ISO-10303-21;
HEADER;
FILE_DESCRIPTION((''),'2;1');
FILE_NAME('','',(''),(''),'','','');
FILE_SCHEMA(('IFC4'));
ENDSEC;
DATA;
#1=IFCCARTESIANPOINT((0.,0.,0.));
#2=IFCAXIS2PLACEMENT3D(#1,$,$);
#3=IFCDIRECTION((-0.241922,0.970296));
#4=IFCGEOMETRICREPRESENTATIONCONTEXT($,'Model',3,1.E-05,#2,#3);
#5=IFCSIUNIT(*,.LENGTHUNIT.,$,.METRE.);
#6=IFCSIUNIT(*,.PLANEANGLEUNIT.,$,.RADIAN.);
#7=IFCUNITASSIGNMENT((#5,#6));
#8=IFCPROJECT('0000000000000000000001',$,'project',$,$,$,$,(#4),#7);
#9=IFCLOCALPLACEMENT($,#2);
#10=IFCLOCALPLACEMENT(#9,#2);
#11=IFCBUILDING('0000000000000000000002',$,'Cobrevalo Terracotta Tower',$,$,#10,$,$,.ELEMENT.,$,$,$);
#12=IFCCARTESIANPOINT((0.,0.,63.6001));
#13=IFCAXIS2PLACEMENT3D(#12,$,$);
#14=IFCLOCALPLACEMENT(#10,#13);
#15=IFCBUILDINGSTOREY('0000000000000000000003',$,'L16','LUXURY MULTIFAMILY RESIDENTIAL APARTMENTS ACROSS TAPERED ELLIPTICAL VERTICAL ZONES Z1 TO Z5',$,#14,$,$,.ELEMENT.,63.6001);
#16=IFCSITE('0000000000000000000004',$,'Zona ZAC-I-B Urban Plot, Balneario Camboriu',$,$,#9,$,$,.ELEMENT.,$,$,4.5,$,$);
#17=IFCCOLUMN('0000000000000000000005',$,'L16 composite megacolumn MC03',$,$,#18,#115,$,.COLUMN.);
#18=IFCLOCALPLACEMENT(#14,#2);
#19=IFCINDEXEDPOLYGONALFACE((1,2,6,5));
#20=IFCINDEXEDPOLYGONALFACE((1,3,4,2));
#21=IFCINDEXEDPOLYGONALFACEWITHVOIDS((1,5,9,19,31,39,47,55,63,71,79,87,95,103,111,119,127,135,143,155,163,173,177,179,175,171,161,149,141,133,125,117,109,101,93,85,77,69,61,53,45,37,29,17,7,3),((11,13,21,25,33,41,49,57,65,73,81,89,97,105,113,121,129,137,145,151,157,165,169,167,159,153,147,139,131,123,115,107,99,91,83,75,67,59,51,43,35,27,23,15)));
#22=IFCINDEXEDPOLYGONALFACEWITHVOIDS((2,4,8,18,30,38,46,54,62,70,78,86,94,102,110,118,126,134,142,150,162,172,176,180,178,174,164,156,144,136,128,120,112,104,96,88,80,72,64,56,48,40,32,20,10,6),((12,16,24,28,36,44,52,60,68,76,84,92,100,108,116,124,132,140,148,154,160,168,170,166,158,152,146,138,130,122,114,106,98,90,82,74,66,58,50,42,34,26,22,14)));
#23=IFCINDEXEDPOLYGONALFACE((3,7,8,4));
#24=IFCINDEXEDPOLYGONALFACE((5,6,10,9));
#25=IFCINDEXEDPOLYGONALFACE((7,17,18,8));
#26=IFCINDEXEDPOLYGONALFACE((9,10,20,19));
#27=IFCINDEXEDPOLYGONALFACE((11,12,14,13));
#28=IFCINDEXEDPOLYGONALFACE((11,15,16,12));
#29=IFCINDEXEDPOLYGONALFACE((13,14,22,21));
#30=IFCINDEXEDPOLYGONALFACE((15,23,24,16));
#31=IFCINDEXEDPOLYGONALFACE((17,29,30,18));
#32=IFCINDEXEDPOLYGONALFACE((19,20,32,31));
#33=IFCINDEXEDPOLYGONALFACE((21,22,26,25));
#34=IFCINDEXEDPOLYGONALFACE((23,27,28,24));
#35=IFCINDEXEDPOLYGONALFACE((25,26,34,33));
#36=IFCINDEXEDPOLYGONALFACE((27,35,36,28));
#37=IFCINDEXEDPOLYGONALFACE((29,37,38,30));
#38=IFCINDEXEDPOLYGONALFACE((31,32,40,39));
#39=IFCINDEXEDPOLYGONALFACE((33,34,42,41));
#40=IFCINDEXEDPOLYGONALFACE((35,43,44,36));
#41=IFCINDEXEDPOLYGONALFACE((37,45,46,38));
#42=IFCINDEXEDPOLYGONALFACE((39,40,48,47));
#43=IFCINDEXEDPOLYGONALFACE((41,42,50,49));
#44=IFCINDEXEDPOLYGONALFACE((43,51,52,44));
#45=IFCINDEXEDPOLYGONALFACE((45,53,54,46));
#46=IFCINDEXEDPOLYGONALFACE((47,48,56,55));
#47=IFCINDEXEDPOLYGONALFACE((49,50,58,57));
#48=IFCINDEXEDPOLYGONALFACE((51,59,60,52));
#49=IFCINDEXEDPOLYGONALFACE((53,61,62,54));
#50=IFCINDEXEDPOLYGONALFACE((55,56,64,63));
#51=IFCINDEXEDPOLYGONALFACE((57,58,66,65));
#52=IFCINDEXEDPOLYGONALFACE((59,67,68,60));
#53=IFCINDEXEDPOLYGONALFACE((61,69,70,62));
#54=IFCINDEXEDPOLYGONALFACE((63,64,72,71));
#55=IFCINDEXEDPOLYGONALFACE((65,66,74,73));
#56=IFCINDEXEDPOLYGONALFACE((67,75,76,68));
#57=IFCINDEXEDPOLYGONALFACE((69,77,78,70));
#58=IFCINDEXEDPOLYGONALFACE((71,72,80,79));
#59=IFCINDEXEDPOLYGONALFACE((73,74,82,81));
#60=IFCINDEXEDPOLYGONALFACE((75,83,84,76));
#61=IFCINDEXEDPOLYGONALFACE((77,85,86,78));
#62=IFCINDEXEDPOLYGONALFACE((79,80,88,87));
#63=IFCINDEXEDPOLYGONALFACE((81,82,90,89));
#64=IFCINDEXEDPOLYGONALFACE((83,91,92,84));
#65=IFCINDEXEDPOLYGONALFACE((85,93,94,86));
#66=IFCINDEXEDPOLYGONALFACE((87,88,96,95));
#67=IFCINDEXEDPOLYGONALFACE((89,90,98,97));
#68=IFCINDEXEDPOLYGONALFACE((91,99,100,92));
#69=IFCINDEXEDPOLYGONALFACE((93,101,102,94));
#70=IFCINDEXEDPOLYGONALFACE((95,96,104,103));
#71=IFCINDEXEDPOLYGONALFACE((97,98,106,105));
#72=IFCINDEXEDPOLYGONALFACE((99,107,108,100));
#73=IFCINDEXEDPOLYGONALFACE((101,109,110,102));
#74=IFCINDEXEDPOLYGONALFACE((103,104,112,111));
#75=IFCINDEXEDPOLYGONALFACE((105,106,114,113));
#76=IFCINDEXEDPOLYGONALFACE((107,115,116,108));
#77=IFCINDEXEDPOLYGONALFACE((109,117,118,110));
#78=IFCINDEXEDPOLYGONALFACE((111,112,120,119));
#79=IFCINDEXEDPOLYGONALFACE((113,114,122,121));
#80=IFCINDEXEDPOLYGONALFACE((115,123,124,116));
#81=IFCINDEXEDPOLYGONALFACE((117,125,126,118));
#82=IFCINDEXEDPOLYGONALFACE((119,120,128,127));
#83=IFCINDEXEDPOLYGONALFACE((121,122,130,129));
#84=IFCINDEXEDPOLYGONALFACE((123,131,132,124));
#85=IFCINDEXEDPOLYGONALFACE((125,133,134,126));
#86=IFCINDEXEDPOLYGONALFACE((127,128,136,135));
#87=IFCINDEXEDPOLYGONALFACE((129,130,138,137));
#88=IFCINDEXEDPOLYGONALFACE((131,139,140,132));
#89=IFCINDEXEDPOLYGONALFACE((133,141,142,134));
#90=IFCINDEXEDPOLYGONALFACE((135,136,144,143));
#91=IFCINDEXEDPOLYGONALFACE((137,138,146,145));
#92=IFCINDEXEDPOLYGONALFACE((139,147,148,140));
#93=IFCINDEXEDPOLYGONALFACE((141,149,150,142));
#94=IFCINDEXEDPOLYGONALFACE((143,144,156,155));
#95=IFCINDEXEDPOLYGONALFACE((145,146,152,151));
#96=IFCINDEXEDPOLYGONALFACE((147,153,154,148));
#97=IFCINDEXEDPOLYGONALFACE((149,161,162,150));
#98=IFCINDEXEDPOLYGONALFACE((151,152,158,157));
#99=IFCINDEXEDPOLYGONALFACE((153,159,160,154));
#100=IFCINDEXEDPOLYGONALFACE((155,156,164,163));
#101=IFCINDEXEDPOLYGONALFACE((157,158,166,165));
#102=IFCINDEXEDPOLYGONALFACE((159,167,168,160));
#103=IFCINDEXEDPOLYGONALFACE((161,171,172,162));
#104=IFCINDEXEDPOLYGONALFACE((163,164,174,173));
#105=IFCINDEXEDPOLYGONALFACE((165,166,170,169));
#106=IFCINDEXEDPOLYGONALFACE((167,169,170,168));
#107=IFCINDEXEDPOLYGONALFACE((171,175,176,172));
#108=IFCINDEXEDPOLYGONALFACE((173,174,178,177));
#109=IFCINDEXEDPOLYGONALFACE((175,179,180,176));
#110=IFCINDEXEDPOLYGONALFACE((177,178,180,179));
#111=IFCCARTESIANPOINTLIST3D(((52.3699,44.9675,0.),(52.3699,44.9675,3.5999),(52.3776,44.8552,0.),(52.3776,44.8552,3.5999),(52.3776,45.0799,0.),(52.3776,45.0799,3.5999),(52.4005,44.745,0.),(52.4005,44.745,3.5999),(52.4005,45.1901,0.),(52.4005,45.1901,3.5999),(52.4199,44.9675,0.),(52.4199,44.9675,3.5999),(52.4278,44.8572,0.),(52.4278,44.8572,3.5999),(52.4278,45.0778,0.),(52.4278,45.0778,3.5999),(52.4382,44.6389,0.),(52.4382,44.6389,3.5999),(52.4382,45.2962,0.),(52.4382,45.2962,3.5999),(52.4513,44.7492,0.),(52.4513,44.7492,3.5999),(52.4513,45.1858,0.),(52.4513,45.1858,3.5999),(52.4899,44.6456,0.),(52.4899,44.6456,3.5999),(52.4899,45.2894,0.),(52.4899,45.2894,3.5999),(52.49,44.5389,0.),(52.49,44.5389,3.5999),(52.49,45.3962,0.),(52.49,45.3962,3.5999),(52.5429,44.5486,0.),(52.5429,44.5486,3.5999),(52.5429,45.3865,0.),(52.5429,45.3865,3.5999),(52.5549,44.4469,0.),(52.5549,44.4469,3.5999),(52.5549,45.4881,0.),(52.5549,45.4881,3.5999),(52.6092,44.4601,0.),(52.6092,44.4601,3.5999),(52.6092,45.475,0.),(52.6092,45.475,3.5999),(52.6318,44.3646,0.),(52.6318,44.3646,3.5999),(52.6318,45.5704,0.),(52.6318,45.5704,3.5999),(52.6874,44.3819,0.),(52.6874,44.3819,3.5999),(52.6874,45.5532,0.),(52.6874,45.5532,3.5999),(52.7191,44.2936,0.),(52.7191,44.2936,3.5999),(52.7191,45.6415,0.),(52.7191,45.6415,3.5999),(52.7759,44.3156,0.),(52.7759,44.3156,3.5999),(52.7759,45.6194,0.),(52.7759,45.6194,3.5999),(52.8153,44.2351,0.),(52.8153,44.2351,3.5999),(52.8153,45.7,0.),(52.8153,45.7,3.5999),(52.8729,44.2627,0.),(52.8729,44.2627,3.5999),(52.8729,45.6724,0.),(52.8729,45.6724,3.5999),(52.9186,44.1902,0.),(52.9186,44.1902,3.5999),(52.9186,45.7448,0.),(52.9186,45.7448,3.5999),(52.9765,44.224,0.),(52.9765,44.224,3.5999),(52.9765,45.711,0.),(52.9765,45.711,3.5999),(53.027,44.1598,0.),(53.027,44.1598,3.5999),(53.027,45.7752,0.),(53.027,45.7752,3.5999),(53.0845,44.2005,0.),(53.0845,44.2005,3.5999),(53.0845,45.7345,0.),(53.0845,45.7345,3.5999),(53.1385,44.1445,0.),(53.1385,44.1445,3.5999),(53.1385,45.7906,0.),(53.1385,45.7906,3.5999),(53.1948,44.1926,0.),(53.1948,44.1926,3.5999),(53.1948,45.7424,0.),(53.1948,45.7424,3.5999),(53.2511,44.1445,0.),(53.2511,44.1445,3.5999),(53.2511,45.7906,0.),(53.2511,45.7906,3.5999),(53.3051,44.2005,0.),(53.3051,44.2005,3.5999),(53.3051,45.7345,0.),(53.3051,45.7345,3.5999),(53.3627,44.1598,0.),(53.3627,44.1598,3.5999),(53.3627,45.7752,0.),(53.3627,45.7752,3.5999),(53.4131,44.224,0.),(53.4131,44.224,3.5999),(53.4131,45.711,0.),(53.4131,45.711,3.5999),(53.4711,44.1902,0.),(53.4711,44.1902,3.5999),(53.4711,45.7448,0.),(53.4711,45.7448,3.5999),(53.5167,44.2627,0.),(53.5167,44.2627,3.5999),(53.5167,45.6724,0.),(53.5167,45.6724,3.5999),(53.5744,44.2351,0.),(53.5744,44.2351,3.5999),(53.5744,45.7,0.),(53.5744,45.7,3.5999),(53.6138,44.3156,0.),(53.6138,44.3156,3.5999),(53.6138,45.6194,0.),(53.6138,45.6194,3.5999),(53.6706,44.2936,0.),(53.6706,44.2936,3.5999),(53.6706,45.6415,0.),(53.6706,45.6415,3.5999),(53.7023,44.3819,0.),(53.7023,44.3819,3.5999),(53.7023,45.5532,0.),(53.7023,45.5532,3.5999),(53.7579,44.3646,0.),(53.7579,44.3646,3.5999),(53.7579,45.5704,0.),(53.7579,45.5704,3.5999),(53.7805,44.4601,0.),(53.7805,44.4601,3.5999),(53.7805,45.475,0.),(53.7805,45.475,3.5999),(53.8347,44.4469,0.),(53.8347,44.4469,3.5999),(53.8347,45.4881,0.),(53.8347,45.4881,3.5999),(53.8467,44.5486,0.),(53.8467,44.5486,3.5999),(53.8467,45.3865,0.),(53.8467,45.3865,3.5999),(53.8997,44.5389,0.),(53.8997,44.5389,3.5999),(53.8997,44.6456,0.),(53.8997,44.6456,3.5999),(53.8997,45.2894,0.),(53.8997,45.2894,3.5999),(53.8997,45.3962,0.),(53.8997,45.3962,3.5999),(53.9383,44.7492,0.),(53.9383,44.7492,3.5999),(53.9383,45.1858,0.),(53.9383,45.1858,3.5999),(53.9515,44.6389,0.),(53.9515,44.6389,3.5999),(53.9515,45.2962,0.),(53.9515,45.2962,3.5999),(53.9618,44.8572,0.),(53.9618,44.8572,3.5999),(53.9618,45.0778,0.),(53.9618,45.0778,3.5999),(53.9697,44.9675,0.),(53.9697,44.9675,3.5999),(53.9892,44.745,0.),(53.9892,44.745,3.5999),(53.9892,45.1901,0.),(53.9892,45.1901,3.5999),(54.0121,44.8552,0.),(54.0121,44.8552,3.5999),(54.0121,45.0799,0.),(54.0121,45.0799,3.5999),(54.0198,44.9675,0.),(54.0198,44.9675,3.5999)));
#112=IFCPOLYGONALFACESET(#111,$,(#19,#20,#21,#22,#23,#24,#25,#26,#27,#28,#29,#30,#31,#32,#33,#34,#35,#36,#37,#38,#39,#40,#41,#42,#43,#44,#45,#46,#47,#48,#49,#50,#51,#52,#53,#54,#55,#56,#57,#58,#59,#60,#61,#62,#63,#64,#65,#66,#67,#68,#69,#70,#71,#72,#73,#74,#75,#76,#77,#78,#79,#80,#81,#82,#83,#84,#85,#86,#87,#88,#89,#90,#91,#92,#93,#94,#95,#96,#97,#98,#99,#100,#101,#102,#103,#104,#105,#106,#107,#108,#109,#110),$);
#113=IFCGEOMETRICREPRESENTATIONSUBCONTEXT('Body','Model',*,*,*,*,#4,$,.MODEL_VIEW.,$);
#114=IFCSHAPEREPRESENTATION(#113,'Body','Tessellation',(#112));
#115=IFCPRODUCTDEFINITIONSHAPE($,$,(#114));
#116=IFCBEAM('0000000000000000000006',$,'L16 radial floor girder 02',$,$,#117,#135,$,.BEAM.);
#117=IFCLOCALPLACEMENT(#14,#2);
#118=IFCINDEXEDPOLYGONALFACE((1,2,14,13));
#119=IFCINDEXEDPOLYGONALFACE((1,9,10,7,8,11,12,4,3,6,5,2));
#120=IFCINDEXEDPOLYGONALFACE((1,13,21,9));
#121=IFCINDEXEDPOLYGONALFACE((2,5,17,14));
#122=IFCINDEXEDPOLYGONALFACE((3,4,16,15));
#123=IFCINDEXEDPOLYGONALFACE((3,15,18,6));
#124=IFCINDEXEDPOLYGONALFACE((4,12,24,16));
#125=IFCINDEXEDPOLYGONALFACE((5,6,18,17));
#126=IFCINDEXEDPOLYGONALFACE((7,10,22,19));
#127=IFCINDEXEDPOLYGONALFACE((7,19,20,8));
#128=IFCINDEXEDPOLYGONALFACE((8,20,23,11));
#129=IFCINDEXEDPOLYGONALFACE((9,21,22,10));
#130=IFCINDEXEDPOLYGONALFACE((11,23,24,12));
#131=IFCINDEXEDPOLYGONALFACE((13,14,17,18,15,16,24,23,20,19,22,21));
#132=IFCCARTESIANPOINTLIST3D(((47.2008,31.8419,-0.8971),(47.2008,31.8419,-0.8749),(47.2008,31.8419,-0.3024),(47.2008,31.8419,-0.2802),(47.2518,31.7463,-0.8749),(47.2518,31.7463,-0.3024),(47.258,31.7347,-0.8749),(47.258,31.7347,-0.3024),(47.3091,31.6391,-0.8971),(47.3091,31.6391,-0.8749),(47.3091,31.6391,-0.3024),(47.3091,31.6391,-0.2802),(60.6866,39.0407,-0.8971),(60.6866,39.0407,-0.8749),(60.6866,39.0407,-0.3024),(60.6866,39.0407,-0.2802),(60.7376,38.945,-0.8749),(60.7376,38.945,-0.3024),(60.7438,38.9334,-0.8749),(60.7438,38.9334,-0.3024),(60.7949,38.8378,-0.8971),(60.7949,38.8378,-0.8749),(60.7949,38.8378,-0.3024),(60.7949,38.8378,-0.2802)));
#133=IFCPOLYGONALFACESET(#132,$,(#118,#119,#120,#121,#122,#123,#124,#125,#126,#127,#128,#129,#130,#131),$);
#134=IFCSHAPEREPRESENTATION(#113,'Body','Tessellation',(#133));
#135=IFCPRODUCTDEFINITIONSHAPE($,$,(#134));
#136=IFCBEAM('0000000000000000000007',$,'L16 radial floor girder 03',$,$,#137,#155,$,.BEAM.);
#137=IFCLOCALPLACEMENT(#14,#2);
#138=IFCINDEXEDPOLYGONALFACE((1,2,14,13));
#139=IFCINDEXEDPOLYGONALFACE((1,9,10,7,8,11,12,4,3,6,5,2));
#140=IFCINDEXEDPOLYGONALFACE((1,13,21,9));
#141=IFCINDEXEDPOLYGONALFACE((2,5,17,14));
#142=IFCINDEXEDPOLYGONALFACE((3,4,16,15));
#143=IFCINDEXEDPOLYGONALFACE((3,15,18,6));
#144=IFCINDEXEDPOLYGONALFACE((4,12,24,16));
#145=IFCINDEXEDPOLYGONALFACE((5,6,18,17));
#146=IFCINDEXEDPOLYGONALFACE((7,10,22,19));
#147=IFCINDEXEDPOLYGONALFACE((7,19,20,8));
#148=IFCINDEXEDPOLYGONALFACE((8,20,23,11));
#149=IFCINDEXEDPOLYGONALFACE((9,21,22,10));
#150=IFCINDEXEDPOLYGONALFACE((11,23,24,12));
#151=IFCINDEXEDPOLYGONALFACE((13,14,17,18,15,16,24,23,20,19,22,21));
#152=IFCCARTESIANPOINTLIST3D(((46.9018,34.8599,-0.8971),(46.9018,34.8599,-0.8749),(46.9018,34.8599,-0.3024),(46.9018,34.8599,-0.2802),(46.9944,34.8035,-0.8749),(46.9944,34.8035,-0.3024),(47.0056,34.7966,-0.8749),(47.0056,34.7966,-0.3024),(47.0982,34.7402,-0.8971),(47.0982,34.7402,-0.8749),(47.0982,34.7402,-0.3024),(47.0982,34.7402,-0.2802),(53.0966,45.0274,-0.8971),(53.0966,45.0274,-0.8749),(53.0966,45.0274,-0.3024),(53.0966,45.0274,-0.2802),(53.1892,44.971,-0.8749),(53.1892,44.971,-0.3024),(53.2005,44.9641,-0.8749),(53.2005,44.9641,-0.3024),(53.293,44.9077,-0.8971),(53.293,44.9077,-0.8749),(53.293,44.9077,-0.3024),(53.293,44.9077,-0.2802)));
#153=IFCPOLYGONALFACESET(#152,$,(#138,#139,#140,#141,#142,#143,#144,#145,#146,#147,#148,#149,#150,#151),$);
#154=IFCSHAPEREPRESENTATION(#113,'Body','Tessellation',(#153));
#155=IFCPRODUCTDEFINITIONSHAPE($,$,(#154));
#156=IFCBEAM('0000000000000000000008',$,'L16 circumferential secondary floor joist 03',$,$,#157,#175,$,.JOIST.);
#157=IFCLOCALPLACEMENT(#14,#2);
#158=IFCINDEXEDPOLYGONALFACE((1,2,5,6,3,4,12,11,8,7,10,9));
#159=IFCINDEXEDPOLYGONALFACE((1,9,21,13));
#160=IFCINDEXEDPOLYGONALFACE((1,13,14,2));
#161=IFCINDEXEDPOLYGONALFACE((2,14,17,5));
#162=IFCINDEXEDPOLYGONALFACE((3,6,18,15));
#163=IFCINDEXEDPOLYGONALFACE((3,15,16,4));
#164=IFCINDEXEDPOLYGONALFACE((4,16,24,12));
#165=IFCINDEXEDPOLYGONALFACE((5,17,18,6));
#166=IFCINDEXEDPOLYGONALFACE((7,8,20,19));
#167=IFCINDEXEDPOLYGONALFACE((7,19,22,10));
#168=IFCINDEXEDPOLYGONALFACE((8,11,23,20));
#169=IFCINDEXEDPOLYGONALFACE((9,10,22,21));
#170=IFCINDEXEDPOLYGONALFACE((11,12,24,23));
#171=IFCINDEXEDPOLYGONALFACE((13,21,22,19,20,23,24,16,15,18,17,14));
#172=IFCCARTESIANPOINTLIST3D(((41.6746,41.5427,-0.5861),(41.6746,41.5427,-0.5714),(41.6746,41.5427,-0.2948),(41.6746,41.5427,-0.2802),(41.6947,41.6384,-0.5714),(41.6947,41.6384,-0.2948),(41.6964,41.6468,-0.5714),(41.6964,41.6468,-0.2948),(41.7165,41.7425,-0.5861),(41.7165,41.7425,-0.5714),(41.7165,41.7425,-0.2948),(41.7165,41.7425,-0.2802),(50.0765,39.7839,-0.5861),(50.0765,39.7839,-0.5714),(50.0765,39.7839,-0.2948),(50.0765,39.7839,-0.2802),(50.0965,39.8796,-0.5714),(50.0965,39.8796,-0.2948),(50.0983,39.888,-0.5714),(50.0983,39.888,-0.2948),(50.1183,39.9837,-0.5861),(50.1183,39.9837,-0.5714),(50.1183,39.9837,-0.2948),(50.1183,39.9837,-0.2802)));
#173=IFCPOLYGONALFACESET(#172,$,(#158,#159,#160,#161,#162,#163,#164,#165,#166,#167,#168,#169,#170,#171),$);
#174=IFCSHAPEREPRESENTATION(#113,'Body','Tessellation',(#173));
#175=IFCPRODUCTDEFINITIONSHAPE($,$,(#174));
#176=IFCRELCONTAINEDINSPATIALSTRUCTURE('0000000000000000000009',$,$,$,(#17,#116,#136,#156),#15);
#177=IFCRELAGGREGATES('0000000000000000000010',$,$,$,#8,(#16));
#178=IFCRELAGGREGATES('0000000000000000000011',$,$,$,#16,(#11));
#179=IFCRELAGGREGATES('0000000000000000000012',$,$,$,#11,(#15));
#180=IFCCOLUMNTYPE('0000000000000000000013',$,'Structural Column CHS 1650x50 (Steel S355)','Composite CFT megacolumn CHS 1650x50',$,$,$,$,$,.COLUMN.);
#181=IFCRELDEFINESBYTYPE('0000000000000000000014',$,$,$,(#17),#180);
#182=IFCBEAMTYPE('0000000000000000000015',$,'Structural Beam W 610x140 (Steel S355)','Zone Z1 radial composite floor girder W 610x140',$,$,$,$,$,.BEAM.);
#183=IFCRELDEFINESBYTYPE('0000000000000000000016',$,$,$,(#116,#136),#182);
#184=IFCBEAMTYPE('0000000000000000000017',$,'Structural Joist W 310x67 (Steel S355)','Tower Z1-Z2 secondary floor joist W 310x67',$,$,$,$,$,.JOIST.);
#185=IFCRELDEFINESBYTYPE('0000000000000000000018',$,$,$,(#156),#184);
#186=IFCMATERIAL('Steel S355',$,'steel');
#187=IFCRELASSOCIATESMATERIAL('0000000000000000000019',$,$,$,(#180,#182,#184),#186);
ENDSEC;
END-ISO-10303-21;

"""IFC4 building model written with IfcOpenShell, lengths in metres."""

from ifc_helpers import new_model, si_unit, direction, frame, origin, origin_2d, place, context, subcontext, project, spatial, hollow_circle, i_section, extrude, material, material_profile, profile_set, type_object, element, save


model = new_model("IFC4")

# Units and contexts
model_context = context("Model", 3, precision=1e-05, world=origin(), true_north=direction((-0.241922, 0.970296)))
body_context = subcontext(model_context, "Body", "Model", "MODEL_VIEW")
ifc_project = project(units=[si_unit("LENGTHUNIT", "METRE"), si_unit("PLANEANGLEUNIT", "RADIAN")], contexts=[model_context])

# Site, building, storey
site_placement = place(None, origin())
site = spatial("IfcSite", under=ifc_project, at=site_placement, Name="Zona ZAC-I-B Urban Plot, Balneario Camboriu", CompositionType="ELEMENT", RefElevation=4.5)
building_placement = place(site_placement, origin())
building = spatial("IfcBuilding", under=site, at=building_placement, Name="Cobrevalo Terracotta Tower", CompositionType="ELEMENT")
storey_placement = place(building_placement, frame((0.0, 0.0, 63.6001)))
storey = spatial("IfcBuildingStorey", under=building, at=storey_placement, Name="L16", Description="LUXURY MULTIFAMILY RESIDENTIAL APARTMENTS ACROSS TAPERED ELLIPTICAL VERTICAL ZONES Z1 TO Z5", CompositionType="ELEMENT", Elevation=63.6001)

# Column
ifc_material_1 = material(Name="Steel S355", Category="steel")
ifc_material_profile_1 = material_profile(ifc_material_1, hollow_circle(Radius=0.825, WallThickness=0.05, at=origin_2d()), Name="CHS 1650x50")
ifc_profile_set_1 = profile_set([ifc_material_profile_1], Name="Steel S355")
column_type = type_object("IfcColumnType", Name="Structural Column CHS 1650x50 (Steel S355)", Description="Composite CFT megacolumn CHS 1650x50", PredefinedType="COLUMN", material=ifc_profile_set_1)
for number, where, z_axis, x_axis, name in (
    (1, (53.1948, 44.9675, 0.0), (0.0, 0.0, 1.0), (1.0, 0.0, 0.0), "L16 composite megacolumn MC03"),
):
    element("IfcColumn", number, at=place(storey_placement, frame(where, z_axis=z_axis, x_axis=x_axis)), inside=storey, type_object=column_type, Name=name, PredefinedType="COLUMN", context=body_context, shape_type="SweptSolid", body=[
        extrude(hollow_circle(Radius=0.825, WallThickness=0.05, at=origin_2d()), origin(), (0.0, 0.0, 1.0), 3.5999),
    ])

# Beams
ifc_material_profile_2 = material_profile(ifc_material_1, i_section(OverallWidth=0.23, OverallDepth=0.6169, WebThickness=0.0132, FlangeThickness=0.0222, at=origin_2d()), Name="W 610x140")
ifc_profile_set_2 = profile_set([ifc_material_profile_2], Name="Steel S355")
beam_type_1 = type_object("IfcBeamType", Name="Structural Beam W 610x140 (Steel S355)", Description="Zone Z1 radial composite floor girder W 610x140", PredefinedType="BEAM", material=ifc_profile_set_2)
beam_1_placement = place(storey_placement, frame((60.7407, 38.9392, -0.5886), z_axis=(-0.882182, -0.470908, 0.0), x_axis=(0.470908, -0.882182, 0.0)))
element("IfcBeam", 2, at=beam_1_placement, inside=storey, type_object=beam_type_1, Name="L16 radial floor girder 02", PredefinedType="BEAM", context=body_context, shape_type="SweptSolid", body=[
    extrude(i_section(OverallWidth=0.23, OverallDepth=0.6169, WebThickness=0.0132, FlangeThickness=0.0222, at=origin_2d()), origin(), (0.0, 0.0, 1.0), 15.2869),
])
beam_2_placement = place(storey_placement, frame((53.1948, 44.9675, -0.5886), z_axis=(-0.52031, -0.853978, 0.0), x_axis=(0.853978, -0.52031, 0.0)))
element("IfcBeam", 3, at=beam_2_placement, inside=storey, type_object=beam_type_1, Name="L16 radial floor girder 03", PredefinedType="BEAM", context=body_context, shape_type="SweptSolid", body=[
    extrude(i_section(OverallWidth=0.23, OverallDepth=0.6169, WebThickness=0.0132, FlangeThickness=0.0222, at=origin_2d()), origin(), (0.0, 0.0, 1.0), 11.906),
])
ifc_material_profile_3 = material_profile(ifc_material_1, i_section(OverallWidth=0.2041, OverallDepth=0.3059, WebThickness=0.0085, FlangeThickness=0.0146, at=origin_2d()), Name="W 310x67")
ifc_profile_set_3 = profile_set([ifc_material_profile_3], Name="Steel S355")
beam_type_2 = type_object("IfcBeamType", Name="Structural Joist W 310x67 (Steel S355)", Description="Tower Z1-Z2 secondary floor joist W 310x67", PredefinedType="JOIST", material=ifc_profile_set_3)
beam_3_placement = place(storey_placement, frame((50.0974, 39.8838, -0.4331), z_axis=(-0.978785, 0.204892, 0.0), x_axis=(-0.204892, -0.978785, 0.0)))
element("IfcBeam", 4, at=beam_3_placement, inside=storey, type_object=beam_type_2, Name="L16 circumferential secondary floor joist 03", PredefinedType="JOIST", context=body_context, shape_type="SweptSolid", body=[
    extrude(i_section(OverallWidth=0.2041, OverallDepth=0.3059, WebThickness=0.0085, FlangeThickness=0.0146, at=origin_2d()), origin(), (0.0, 0.0, 1.0), 8.584),
])

save(model, "model.ifc")
